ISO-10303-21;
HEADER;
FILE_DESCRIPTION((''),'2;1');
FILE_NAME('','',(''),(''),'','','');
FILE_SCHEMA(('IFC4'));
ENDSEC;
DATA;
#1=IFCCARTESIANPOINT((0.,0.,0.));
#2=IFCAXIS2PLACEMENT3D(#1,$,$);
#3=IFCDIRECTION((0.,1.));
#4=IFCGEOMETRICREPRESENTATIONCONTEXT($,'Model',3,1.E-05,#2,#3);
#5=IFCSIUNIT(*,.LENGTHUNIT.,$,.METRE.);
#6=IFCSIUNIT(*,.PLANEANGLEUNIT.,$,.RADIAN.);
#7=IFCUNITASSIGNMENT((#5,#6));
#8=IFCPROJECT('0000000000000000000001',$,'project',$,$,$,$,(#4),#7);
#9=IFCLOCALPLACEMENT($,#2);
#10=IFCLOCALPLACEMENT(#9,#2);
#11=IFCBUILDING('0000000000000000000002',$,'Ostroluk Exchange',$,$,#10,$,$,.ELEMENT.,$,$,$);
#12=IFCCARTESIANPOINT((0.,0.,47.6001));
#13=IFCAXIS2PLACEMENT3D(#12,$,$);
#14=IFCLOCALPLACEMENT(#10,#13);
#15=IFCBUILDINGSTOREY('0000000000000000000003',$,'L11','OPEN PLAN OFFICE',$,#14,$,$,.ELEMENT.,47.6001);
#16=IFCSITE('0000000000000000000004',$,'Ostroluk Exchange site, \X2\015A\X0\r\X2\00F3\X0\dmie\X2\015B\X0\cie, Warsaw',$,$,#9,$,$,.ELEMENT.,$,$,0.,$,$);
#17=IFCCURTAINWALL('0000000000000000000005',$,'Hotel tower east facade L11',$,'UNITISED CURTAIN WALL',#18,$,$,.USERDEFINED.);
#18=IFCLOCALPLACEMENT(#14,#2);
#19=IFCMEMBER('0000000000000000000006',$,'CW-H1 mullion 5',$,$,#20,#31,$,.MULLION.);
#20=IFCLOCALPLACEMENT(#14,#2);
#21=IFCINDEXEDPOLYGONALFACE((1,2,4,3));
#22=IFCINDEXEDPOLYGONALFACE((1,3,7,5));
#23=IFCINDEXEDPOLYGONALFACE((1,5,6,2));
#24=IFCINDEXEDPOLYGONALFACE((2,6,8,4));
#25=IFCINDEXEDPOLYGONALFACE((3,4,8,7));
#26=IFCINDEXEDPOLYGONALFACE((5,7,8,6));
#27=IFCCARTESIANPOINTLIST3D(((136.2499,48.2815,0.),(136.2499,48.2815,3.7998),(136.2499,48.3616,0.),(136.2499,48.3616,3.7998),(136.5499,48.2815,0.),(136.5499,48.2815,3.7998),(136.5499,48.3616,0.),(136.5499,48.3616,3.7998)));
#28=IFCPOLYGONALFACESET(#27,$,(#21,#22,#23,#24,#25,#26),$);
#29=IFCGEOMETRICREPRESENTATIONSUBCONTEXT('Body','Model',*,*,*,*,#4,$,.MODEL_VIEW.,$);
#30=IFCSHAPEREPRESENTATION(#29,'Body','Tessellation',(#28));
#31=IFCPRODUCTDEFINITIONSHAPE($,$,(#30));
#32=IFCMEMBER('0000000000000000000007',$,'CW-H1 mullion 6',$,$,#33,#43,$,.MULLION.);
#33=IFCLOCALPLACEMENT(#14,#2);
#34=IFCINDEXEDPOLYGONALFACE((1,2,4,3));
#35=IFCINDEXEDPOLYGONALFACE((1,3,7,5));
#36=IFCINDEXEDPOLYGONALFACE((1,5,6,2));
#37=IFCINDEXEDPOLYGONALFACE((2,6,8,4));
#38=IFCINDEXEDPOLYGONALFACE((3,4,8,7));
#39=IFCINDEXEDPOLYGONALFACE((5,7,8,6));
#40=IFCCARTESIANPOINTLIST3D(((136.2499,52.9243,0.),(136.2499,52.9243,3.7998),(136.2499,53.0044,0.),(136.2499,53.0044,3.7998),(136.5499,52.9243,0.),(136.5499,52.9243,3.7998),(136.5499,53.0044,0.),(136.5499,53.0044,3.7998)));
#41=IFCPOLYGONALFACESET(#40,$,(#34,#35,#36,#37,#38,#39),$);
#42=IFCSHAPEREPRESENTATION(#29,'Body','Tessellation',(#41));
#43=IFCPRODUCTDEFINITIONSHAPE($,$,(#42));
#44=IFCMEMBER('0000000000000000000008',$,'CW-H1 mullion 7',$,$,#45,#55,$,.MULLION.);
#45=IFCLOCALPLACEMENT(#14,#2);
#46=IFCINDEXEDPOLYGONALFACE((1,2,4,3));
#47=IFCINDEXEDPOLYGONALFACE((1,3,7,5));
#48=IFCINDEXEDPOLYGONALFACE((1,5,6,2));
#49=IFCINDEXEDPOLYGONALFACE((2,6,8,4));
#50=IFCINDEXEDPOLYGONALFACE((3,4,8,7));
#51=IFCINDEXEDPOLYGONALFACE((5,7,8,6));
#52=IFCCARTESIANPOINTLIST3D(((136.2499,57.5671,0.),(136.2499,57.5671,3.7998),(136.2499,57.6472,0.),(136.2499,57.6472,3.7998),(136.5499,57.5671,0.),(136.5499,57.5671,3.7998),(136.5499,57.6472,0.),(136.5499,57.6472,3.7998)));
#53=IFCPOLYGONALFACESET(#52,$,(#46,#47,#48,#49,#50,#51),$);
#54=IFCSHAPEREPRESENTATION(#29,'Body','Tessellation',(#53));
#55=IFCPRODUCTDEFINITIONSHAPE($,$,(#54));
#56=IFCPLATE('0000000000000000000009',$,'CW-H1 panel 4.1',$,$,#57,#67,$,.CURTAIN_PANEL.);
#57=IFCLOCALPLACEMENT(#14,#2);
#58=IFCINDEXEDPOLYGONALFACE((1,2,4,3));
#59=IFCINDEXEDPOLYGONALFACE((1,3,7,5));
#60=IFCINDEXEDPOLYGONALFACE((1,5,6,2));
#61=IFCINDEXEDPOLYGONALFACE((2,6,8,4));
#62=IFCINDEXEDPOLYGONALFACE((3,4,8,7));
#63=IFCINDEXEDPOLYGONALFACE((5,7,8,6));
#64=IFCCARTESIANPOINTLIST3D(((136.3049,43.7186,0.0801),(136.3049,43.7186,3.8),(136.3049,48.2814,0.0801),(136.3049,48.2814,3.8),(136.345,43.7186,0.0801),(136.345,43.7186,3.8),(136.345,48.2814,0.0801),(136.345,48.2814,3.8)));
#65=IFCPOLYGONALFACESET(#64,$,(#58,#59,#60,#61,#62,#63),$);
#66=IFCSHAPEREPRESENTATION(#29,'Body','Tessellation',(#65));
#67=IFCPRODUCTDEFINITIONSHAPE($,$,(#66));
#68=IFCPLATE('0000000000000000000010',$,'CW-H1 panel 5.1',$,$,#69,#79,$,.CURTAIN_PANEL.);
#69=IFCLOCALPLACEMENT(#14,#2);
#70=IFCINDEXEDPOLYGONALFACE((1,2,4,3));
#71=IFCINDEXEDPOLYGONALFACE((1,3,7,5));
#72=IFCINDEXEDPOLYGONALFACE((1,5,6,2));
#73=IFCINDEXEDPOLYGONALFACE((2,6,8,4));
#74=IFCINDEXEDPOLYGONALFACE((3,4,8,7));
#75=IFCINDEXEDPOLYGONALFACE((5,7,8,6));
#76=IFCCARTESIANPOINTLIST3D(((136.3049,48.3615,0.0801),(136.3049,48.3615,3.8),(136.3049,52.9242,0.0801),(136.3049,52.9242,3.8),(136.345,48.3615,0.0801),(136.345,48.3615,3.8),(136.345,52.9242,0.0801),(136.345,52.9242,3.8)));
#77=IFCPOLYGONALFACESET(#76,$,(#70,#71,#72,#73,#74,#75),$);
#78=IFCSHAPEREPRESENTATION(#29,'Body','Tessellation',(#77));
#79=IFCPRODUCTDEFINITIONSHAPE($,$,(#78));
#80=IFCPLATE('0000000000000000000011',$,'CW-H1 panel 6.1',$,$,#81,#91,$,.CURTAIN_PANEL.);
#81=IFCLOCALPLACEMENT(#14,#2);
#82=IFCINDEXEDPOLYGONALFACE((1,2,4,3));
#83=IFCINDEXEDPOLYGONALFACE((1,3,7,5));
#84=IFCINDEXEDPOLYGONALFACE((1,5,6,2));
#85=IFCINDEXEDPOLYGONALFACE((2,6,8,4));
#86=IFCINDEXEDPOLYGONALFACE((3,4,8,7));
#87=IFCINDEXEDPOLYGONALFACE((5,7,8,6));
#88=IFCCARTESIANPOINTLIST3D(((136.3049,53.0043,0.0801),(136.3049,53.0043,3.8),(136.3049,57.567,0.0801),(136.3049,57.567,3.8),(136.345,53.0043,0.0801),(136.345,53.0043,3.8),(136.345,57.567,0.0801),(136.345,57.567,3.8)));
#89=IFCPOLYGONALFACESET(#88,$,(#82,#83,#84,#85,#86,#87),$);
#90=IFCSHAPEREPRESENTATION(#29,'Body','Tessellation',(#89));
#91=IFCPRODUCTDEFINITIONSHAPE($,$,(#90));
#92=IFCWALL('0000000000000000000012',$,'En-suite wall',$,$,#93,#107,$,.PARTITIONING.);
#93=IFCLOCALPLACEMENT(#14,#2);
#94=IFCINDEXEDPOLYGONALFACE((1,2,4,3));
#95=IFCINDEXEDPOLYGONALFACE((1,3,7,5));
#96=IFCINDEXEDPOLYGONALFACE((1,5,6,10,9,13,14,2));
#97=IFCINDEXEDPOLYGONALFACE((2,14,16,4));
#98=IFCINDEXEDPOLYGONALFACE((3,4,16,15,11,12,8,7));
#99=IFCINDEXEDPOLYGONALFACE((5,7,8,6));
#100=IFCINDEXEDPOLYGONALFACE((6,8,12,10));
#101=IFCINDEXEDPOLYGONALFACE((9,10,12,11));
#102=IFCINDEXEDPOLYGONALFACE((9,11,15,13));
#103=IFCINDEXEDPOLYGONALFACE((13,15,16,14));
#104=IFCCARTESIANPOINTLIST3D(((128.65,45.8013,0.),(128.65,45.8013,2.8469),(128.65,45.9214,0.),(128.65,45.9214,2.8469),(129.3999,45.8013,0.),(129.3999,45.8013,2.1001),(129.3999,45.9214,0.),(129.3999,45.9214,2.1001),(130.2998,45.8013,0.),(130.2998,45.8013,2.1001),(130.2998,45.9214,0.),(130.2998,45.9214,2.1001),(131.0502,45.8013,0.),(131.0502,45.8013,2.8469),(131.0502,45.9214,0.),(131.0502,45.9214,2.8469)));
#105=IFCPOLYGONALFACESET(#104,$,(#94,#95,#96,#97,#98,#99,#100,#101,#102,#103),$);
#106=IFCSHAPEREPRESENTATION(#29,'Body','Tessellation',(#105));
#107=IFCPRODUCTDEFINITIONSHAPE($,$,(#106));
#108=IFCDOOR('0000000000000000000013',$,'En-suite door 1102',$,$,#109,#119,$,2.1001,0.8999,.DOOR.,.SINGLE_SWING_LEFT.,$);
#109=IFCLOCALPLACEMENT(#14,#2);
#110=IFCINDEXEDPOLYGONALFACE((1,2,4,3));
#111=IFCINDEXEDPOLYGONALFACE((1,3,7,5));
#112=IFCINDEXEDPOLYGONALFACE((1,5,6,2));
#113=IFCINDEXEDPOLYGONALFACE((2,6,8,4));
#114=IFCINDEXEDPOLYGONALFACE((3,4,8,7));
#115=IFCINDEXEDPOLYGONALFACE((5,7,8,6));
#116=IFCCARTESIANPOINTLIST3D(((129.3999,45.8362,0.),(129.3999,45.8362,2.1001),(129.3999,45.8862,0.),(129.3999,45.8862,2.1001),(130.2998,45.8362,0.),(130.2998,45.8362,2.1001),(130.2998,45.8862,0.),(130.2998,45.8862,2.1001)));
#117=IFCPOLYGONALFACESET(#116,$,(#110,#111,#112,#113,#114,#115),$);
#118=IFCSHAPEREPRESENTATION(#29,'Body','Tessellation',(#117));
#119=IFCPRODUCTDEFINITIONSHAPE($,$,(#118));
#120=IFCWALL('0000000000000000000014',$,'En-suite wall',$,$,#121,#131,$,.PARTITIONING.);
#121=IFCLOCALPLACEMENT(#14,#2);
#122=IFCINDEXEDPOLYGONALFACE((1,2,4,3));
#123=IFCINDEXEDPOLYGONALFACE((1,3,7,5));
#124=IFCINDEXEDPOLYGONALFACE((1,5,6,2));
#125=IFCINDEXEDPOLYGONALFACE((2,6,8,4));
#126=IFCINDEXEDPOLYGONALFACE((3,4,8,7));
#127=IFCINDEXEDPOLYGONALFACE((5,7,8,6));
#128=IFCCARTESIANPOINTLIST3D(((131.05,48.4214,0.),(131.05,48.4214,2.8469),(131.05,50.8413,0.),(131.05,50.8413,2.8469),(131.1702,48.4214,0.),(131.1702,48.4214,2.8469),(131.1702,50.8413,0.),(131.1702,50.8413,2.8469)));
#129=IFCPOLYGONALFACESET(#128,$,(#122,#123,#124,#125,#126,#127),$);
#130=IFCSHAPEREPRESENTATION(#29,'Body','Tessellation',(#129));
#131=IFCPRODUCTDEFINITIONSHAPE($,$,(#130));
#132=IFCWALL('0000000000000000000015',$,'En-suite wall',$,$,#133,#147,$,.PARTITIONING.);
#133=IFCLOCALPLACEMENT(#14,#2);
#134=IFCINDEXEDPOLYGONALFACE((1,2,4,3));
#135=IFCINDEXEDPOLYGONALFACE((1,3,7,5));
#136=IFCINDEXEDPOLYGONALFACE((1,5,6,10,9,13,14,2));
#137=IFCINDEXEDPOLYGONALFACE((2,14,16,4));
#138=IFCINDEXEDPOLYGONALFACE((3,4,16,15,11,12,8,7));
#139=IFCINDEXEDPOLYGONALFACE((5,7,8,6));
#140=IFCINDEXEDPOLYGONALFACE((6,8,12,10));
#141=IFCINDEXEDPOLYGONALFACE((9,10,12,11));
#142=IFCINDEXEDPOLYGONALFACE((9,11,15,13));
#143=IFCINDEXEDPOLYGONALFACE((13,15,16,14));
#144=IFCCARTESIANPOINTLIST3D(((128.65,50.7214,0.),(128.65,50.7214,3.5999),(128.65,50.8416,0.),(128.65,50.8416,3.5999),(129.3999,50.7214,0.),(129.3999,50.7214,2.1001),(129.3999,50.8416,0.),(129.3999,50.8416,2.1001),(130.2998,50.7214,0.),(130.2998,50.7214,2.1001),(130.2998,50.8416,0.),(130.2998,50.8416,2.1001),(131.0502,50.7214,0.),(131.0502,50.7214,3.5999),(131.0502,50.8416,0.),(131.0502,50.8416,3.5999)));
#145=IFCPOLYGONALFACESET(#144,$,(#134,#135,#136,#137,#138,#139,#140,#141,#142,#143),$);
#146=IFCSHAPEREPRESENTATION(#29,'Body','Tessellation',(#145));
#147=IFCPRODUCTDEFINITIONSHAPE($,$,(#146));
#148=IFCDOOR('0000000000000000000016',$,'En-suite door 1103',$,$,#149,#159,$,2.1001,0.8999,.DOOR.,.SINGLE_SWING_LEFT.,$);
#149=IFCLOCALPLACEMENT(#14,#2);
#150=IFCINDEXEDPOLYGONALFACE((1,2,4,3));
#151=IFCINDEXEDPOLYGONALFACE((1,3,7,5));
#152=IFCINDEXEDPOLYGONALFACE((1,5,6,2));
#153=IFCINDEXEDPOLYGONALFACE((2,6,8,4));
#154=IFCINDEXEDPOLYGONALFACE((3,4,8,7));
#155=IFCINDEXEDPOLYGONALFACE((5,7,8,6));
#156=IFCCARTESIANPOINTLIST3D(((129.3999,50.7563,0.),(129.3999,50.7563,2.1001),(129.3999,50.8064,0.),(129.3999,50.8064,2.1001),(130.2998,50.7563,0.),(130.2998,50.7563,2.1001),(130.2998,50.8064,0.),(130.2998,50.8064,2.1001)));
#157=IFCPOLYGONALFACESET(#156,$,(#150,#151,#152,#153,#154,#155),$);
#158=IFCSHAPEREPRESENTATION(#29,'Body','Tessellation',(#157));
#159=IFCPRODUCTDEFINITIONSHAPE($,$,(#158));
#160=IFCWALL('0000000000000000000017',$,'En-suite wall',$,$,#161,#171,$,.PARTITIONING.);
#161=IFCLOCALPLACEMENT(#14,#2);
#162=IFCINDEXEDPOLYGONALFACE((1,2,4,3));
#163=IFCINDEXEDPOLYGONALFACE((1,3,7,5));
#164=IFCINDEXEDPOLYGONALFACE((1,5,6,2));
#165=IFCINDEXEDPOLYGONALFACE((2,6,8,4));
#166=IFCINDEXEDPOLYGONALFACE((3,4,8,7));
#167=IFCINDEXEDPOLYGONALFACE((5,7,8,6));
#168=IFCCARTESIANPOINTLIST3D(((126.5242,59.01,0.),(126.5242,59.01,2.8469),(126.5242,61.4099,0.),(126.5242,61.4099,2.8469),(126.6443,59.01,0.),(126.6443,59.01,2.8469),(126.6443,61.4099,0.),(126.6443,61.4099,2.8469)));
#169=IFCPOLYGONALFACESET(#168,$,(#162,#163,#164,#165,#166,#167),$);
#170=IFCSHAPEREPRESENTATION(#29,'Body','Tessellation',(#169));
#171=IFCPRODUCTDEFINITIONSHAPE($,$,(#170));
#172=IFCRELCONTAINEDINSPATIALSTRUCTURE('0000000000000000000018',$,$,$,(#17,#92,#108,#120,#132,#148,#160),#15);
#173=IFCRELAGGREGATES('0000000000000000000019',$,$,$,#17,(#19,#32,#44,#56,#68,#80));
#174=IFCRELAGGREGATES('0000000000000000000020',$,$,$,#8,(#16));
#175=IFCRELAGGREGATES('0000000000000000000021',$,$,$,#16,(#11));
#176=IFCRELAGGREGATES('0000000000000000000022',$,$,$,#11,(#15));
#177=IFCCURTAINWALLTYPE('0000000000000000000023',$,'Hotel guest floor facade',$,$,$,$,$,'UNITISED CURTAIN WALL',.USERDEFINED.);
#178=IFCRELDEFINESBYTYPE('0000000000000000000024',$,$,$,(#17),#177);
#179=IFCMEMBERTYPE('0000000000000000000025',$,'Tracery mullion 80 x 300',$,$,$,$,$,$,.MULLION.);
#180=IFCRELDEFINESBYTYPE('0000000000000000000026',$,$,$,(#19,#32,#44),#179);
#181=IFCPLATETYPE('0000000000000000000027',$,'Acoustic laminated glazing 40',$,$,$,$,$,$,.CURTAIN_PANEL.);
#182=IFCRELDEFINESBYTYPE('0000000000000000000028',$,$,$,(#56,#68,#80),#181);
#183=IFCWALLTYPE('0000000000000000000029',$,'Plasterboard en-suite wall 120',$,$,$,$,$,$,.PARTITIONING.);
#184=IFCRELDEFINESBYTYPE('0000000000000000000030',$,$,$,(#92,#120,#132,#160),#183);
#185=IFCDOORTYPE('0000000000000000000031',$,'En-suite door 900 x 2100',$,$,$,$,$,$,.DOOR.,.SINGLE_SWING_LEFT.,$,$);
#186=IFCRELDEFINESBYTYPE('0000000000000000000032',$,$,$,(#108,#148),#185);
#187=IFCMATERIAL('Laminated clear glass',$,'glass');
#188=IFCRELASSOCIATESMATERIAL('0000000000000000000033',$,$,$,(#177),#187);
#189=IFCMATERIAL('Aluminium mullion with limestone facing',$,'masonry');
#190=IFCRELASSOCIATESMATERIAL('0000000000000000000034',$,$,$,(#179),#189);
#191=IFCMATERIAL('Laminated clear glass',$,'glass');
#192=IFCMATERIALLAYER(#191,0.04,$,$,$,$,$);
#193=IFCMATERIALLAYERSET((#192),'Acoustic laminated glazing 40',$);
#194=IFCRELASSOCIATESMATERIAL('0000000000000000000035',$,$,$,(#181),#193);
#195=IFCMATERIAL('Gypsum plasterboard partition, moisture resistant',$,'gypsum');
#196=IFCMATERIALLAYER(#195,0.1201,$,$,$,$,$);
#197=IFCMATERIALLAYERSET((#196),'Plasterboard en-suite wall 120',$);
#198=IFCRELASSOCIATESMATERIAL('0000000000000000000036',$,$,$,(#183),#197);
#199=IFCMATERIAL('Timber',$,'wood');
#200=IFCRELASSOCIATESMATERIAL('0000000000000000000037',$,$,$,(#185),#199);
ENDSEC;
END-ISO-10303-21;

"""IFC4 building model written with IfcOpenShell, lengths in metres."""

from ifc_helpers import new_model, si_unit, direction, frame, frame_2d, origin, origin_2d, place, context, subcontext, project, spatial, rectangle, extrude, material, layer, layer_set, material_profile, profile_set, type_object, element, fill, aggregate, save


model = new_model("IFC4")

# Units and contexts
model_context = context("Model", 3, precision=1e-05, world=origin(), true_north=direction((0.0, 1.0)))
body_context = subcontext(model_context, "Body", "Model", "MODEL_VIEW")
ifc_project = project(units=[si_unit("LENGTHUNIT", "METRE"), si_unit("PLANEANGLEUNIT", "RADIAN")], contexts=[model_context])

# Site, building, storey
site_placement = place(None, origin())
site = spatial("IfcSite", under=ifc_project, at=site_placement, Name="Ostroluk Exchange site, Śródmieście, Warsaw", CompositionType="ELEMENT", RefElevation=0.0)
building_placement = place(site_placement, origin())
building = spatial("IfcBuilding", under=site, at=building_placement, Name="Ostroluk Exchange", CompositionType="ELEMENT")
storey_placement = place(building_placement, frame((0.0, 0.0, 47.6001)))
storey = spatial("IfcBuildingStorey", under=building, at=storey_placement, Name="L11", Description="OPEN PLAN OFFICE", CompositionType="ELEMENT", Elevation=47.6001)

# Curtain wall, members, plates
ifc_material_1 = material(Name="Laminated clear glass", Category="glass")
curtain_wall_type = type_object("IfcCurtainWallType", Name="Hotel guest floor facade", ElementType="UNITISED CURTAIN WALL", PredefinedType="USERDEFINED", material=ifc_material_1)
curtain_wall_placement = place(storey_placement, origin())
curtain_wall = element("IfcCurtainWall", 1, at=curtain_wall_placement, inside=storey, type_object=curtain_wall_type, Name="Hotel tower east facade L11", ObjectType="UNITISED CURTAIN WALL", PredefinedType="USERDEFINED")
ifc_material_2 = material(Name="Aluminium mullion with limestone facing", Category="masonry")
ifc_material_profile_1 = material_profile(ifc_material_2, rectangle(XDim=0.3, YDim=0.0801, at=origin_2d()), Name="Tracery mullion 80 x 300")
ifc_profile_set_1 = profile_set([ifc_material_profile_1], Name="Aluminium mullion with limestone facing")
member_type_1 = type_object("IfcMemberType", Name="Tracery mullion 80 x 300", PredefinedType="MULLION", material=ifc_profile_set_1)
member_1_placement = place(storey_placement, frame((136.3999, 48.3215, 0.0), z_axis=(0.0, 0.0, 1.0), x_axis=(-1.0, 0.0, 0.0)))
member_1 = element("IfcMember", 2, at=member_1_placement, type_object=member_type_1, Name="CW-H1 mullion 5", PredefinedType="MULLION", context=body_context, shape_type="SweptSolid", body=[
    extrude(rectangle(XDim=0.3, YDim=0.0801, at=origin_2d()), origin(), (0.0, 0.0, 1.0), 3.7998),
])
member_2_placement = place(storey_placement, frame((136.3999, 52.9644, 0.0), z_axis=(0.0, 0.0, 1.0), x_axis=(-1.0, 0.0, 0.0)))
member_2 = element("IfcMember", 3, at=member_2_placement, type_object=member_type_1, Name="CW-H1 mullion 6", PredefinedType="MULLION", context=body_context, shape_type="SweptSolid", body=[
    extrude(rectangle(XDim=0.3, YDim=0.0801, at=origin_2d()), origin(), (0.0, 0.0, 1.0), 3.7998),
])
member_3_placement = place(storey_placement, frame((136.3999, 57.6072, 0.0), z_axis=(0.0, 0.0, 1.0), x_axis=(-1.0, 0.0, 0.0)))
member_3 = element("IfcMember", 4, at=member_3_placement, type_object=member_type_1, Name="CW-H1 mullion 7", PredefinedType="MULLION", context=body_context, shape_type="SweptSolid", body=[
    extrude(rectangle(XDim=0.3, YDim=0.0801, at=origin_2d()), origin(), (0.0, 0.0, 1.0), 3.7998),
])
ifc_material_3 = material(Name="Laminated clear glass", Category="glass")
ifc_layer_1 = layer(ifc_material_3, 0.04)
ifc_layer_set_1 = layer_set([ifc_layer_1], Name="Acoustic laminated glazing 40")
plate_type = type_object("IfcPlateType", Name="Acoustic laminated glazing 40", PredefinedType="CURTAIN_PANEL", material=ifc_layer_set_1)
plate_1_placement = place(storey_placement, frame((136.325, 46.0, 0.0801), z_axis=(0.0, 0.0, 1.0), x_axis=(0.0, 1.0, 0.0)))
plate_1 = element("IfcPlate", 5, at=plate_1_placement, type_object=plate_type, Name="CW-H1 panel 4.1", PredefinedType="CURTAIN_PANEL", context=body_context, shape_type="SweptSolid", body=[
    extrude(rectangle(XDim=4.5627, YDim=0.04, at=origin_2d()), origin(), (0.0, 0.0, 1.0), 3.72),
])
plate_2_placement = place(storey_placement, frame((136.325, 50.6428, 0.0801), z_axis=(0.0, 0.0, 1.0), x_axis=(0.0, 1.0, 0.0)))
plate_2 = element("IfcPlate", 6, at=plate_2_placement, type_object=plate_type, Name="CW-H1 panel 5.1", PredefinedType="CURTAIN_PANEL", context=body_context, shape_type="SweptSolid", body=[
    extrude(rectangle(XDim=4.5627, YDim=0.04, at=origin_2d()), origin(), (0.0, 0.0, 1.0), 3.72),
])
plate_3_placement = place(storey_placement, frame((136.325, 55.2856, 0.0801), z_axis=(0.0, 0.0, 1.0), x_axis=(0.0, 1.0, 0.0)))
plate_3 = element("IfcPlate", 7, at=plate_3_placement, type_object=plate_type, Name="CW-H1 panel 6.1", PredefinedType="CURTAIN_PANEL", context=body_context, shape_type="SweptSolid", body=[
    extrude(rectangle(XDim=4.5627, YDim=0.04, at=origin_2d()), origin(), (0.0, 0.0, 1.0), 3.72),
])
aggregate(curtain_wall, [member_1, member_2, member_3, plate_1, plate_2, plate_3])

# Wall, opening, door
ifc_material_4 = material(Name="Gypsum plasterboard partition, moisture resistant", Category="gypsum")
ifc_layer_2 = layer(ifc_material_4, 0.1201)
ifc_layer_set_2 = layer_set([ifc_layer_2], Name="Plasterboard en-suite wall 120")
wall_type_1 = type_object("IfcWallType", Name="Plasterboard en-suite wall 120", PredefinedType="PARTITIONING", material=ifc_layer_set_2)
wall_1_placement = place(storey_placement, frame((128.6499, 45.8613, 0.0), z_axis=(0.0, 0.0, 1.0), x_axis=(1.0, 0.0, 0.0)))
wall_1 = element("IfcWall", 8, at=wall_1_placement, inside=storey, type_object=wall_type_1, Name="En-suite wall", PredefinedType="PARTITIONING", context=body_context, shape_type="SweptSolid", body=[
    extrude(rectangle(XDim=2.4001, YDim=0.1201, at=frame_2d((1.2002, 0.0))), origin(), (0.0, 0.0, 1.0), 2.8469),
])
opening_1_placement = place(wall_1_placement, frame((0.75, 0.0, 0.0)))
opening_1 = element("IfcOpeningElement", 9, at=opening_1_placement, cuts=wall_1, PredefinedType="OPENING", context=body_context, shape_type="SweptSolid", body=[
    extrude(rectangle(XDim=0.8999, YDim=2.1001, at=frame_2d((0.45, 1.05))), frame((0.0, 0.0701, 0.0), z_axis=(0.0, -1.0, 0.0), x_axis=(1.0, 0.0, 0.0)), (0.0, 0.0, 1.0), 0.1401),
])
ifc_material_5 = material(Name="Timber", Category="wood")
door_type_1 = type_object("IfcDoorType", Name="En-suite door 900 x 2100", OperationType="SINGLE_SWING_LEFT", PredefinedType="DOOR", material=ifc_material_5)
door_1_placement = place(opening_1_placement, origin())
door_1 = element("IfcDoor", 10, at=door_1_placement, inside=storey, type_object=door_type_1, Name="En-suite door 1102", OperationType="SINGLE_SWING_LEFT", OverallHeight=2.1001, OverallWidth=0.8999, PredefinedType="DOOR", context=body_context, shape_type="SweptSolid", body=[
    extrude(rectangle(XDim=0.8999, YDim=2.1001, at=frame_2d((0.45, 1.05))), frame((0.0, 0.0249, 0.0), z_axis=(0.0, -1.0, 0.0), x_axis=(1.0, 0.0, 0.0)), (0.0, 0.0, 1.0), 0.05),
])
fill(opening_1, door_1)

# Wall
wall_2_placement = place(storey_placement, frame((131.1101, 48.4214, 0.0), z_axis=(0.0, 0.0, 1.0), x_axis=(0.0, 1.0, 0.0)))
element("IfcWall", 11, at=wall_2_placement, inside=storey, type_object=wall_type_1, Name="En-suite wall", PredefinedType="PARTITIONING", context=body_context, shape_type="SweptSolid", body=[
    extrude(rectangle(XDim=2.4199, YDim=0.1201, at=frame_2d((1.21, 0.0))), origin(), (0.0, 0.0, 1.0), 2.8469),
])

# Wall, opening, door
wall_3_placement = place(storey_placement, frame((128.6499, 50.7815, 0.0), z_axis=(0.0, 0.0, 1.0), x_axis=(1.0, 0.0, 0.0)))
wall_3 = element("IfcWall", 12, at=wall_3_placement, inside=storey, type_object=wall_type_1, Name="En-suite wall", PredefinedType="PARTITIONING", context=body_context, shape_type="SweptSolid", body=[
    extrude(rectangle(XDim=2.4001, YDim=0.1201, at=frame_2d((1.2002, 0.0))), origin(), (0.0, 0.0, 1.0), 3.5999),
])
opening_2_placement = place(wall_3_placement, frame((0.75, 0.0, 0.0)))
opening_2 = element("IfcOpeningElement", 13, at=opening_2_placement, cuts=wall_3, PredefinedType="OPENING", context=body_context, shape_type="SweptSolid", body=[
    extrude(rectangle(XDim=0.8999, YDim=2.1001, at=frame_2d((0.45, 1.05))), frame((0.0, 0.0701, 0.0), z_axis=(0.0, -1.0, 0.0), x_axis=(1.0, 0.0, 0.0)), (0.0, 0.0, 1.0), 0.1401),
])
door_2_placement = place(opening_2_placement, origin())
door_2 = element("IfcDoor", 14, at=door_2_placement, inside=storey, type_object=door_type_1, Name="En-suite door 1103", OperationType="SINGLE_SWING_LEFT", OverallHeight=2.1001, OverallWidth=0.8999, PredefinedType="DOOR", context=body_context, shape_type="SweptSolid", body=[
    extrude(rectangle(XDim=0.8999, YDim=2.1001, at=frame_2d((0.45, 1.05))), frame((0.0, 0.0249, 0.0), z_axis=(0.0, -1.0, 0.0), x_axis=(1.0, 0.0, 0.0)), (0.0, 0.0, 1.0), 0.05),
])
fill(opening_2, door_2)

# Wall
wall_4_placement = place(storey_placement, frame((126.5842, 59.01, 0.0), z_axis=(0.0, 0.0, 1.0), x_axis=(0.0, 1.0, 0.0)))
element("IfcWall", 15, at=wall_4_placement, inside=storey, type_object=wall_type_1, Name="En-suite wall", PredefinedType="PARTITIONING", context=body_context, shape_type="SweptSolid", body=[
    extrude(rectangle(XDim=2.3999, YDim=0.1201, at=frame_2d((1.2, 0.0))), origin(), (0.0, 0.0, 1.0), 2.8469),
])

save(model, "model.ifc")
